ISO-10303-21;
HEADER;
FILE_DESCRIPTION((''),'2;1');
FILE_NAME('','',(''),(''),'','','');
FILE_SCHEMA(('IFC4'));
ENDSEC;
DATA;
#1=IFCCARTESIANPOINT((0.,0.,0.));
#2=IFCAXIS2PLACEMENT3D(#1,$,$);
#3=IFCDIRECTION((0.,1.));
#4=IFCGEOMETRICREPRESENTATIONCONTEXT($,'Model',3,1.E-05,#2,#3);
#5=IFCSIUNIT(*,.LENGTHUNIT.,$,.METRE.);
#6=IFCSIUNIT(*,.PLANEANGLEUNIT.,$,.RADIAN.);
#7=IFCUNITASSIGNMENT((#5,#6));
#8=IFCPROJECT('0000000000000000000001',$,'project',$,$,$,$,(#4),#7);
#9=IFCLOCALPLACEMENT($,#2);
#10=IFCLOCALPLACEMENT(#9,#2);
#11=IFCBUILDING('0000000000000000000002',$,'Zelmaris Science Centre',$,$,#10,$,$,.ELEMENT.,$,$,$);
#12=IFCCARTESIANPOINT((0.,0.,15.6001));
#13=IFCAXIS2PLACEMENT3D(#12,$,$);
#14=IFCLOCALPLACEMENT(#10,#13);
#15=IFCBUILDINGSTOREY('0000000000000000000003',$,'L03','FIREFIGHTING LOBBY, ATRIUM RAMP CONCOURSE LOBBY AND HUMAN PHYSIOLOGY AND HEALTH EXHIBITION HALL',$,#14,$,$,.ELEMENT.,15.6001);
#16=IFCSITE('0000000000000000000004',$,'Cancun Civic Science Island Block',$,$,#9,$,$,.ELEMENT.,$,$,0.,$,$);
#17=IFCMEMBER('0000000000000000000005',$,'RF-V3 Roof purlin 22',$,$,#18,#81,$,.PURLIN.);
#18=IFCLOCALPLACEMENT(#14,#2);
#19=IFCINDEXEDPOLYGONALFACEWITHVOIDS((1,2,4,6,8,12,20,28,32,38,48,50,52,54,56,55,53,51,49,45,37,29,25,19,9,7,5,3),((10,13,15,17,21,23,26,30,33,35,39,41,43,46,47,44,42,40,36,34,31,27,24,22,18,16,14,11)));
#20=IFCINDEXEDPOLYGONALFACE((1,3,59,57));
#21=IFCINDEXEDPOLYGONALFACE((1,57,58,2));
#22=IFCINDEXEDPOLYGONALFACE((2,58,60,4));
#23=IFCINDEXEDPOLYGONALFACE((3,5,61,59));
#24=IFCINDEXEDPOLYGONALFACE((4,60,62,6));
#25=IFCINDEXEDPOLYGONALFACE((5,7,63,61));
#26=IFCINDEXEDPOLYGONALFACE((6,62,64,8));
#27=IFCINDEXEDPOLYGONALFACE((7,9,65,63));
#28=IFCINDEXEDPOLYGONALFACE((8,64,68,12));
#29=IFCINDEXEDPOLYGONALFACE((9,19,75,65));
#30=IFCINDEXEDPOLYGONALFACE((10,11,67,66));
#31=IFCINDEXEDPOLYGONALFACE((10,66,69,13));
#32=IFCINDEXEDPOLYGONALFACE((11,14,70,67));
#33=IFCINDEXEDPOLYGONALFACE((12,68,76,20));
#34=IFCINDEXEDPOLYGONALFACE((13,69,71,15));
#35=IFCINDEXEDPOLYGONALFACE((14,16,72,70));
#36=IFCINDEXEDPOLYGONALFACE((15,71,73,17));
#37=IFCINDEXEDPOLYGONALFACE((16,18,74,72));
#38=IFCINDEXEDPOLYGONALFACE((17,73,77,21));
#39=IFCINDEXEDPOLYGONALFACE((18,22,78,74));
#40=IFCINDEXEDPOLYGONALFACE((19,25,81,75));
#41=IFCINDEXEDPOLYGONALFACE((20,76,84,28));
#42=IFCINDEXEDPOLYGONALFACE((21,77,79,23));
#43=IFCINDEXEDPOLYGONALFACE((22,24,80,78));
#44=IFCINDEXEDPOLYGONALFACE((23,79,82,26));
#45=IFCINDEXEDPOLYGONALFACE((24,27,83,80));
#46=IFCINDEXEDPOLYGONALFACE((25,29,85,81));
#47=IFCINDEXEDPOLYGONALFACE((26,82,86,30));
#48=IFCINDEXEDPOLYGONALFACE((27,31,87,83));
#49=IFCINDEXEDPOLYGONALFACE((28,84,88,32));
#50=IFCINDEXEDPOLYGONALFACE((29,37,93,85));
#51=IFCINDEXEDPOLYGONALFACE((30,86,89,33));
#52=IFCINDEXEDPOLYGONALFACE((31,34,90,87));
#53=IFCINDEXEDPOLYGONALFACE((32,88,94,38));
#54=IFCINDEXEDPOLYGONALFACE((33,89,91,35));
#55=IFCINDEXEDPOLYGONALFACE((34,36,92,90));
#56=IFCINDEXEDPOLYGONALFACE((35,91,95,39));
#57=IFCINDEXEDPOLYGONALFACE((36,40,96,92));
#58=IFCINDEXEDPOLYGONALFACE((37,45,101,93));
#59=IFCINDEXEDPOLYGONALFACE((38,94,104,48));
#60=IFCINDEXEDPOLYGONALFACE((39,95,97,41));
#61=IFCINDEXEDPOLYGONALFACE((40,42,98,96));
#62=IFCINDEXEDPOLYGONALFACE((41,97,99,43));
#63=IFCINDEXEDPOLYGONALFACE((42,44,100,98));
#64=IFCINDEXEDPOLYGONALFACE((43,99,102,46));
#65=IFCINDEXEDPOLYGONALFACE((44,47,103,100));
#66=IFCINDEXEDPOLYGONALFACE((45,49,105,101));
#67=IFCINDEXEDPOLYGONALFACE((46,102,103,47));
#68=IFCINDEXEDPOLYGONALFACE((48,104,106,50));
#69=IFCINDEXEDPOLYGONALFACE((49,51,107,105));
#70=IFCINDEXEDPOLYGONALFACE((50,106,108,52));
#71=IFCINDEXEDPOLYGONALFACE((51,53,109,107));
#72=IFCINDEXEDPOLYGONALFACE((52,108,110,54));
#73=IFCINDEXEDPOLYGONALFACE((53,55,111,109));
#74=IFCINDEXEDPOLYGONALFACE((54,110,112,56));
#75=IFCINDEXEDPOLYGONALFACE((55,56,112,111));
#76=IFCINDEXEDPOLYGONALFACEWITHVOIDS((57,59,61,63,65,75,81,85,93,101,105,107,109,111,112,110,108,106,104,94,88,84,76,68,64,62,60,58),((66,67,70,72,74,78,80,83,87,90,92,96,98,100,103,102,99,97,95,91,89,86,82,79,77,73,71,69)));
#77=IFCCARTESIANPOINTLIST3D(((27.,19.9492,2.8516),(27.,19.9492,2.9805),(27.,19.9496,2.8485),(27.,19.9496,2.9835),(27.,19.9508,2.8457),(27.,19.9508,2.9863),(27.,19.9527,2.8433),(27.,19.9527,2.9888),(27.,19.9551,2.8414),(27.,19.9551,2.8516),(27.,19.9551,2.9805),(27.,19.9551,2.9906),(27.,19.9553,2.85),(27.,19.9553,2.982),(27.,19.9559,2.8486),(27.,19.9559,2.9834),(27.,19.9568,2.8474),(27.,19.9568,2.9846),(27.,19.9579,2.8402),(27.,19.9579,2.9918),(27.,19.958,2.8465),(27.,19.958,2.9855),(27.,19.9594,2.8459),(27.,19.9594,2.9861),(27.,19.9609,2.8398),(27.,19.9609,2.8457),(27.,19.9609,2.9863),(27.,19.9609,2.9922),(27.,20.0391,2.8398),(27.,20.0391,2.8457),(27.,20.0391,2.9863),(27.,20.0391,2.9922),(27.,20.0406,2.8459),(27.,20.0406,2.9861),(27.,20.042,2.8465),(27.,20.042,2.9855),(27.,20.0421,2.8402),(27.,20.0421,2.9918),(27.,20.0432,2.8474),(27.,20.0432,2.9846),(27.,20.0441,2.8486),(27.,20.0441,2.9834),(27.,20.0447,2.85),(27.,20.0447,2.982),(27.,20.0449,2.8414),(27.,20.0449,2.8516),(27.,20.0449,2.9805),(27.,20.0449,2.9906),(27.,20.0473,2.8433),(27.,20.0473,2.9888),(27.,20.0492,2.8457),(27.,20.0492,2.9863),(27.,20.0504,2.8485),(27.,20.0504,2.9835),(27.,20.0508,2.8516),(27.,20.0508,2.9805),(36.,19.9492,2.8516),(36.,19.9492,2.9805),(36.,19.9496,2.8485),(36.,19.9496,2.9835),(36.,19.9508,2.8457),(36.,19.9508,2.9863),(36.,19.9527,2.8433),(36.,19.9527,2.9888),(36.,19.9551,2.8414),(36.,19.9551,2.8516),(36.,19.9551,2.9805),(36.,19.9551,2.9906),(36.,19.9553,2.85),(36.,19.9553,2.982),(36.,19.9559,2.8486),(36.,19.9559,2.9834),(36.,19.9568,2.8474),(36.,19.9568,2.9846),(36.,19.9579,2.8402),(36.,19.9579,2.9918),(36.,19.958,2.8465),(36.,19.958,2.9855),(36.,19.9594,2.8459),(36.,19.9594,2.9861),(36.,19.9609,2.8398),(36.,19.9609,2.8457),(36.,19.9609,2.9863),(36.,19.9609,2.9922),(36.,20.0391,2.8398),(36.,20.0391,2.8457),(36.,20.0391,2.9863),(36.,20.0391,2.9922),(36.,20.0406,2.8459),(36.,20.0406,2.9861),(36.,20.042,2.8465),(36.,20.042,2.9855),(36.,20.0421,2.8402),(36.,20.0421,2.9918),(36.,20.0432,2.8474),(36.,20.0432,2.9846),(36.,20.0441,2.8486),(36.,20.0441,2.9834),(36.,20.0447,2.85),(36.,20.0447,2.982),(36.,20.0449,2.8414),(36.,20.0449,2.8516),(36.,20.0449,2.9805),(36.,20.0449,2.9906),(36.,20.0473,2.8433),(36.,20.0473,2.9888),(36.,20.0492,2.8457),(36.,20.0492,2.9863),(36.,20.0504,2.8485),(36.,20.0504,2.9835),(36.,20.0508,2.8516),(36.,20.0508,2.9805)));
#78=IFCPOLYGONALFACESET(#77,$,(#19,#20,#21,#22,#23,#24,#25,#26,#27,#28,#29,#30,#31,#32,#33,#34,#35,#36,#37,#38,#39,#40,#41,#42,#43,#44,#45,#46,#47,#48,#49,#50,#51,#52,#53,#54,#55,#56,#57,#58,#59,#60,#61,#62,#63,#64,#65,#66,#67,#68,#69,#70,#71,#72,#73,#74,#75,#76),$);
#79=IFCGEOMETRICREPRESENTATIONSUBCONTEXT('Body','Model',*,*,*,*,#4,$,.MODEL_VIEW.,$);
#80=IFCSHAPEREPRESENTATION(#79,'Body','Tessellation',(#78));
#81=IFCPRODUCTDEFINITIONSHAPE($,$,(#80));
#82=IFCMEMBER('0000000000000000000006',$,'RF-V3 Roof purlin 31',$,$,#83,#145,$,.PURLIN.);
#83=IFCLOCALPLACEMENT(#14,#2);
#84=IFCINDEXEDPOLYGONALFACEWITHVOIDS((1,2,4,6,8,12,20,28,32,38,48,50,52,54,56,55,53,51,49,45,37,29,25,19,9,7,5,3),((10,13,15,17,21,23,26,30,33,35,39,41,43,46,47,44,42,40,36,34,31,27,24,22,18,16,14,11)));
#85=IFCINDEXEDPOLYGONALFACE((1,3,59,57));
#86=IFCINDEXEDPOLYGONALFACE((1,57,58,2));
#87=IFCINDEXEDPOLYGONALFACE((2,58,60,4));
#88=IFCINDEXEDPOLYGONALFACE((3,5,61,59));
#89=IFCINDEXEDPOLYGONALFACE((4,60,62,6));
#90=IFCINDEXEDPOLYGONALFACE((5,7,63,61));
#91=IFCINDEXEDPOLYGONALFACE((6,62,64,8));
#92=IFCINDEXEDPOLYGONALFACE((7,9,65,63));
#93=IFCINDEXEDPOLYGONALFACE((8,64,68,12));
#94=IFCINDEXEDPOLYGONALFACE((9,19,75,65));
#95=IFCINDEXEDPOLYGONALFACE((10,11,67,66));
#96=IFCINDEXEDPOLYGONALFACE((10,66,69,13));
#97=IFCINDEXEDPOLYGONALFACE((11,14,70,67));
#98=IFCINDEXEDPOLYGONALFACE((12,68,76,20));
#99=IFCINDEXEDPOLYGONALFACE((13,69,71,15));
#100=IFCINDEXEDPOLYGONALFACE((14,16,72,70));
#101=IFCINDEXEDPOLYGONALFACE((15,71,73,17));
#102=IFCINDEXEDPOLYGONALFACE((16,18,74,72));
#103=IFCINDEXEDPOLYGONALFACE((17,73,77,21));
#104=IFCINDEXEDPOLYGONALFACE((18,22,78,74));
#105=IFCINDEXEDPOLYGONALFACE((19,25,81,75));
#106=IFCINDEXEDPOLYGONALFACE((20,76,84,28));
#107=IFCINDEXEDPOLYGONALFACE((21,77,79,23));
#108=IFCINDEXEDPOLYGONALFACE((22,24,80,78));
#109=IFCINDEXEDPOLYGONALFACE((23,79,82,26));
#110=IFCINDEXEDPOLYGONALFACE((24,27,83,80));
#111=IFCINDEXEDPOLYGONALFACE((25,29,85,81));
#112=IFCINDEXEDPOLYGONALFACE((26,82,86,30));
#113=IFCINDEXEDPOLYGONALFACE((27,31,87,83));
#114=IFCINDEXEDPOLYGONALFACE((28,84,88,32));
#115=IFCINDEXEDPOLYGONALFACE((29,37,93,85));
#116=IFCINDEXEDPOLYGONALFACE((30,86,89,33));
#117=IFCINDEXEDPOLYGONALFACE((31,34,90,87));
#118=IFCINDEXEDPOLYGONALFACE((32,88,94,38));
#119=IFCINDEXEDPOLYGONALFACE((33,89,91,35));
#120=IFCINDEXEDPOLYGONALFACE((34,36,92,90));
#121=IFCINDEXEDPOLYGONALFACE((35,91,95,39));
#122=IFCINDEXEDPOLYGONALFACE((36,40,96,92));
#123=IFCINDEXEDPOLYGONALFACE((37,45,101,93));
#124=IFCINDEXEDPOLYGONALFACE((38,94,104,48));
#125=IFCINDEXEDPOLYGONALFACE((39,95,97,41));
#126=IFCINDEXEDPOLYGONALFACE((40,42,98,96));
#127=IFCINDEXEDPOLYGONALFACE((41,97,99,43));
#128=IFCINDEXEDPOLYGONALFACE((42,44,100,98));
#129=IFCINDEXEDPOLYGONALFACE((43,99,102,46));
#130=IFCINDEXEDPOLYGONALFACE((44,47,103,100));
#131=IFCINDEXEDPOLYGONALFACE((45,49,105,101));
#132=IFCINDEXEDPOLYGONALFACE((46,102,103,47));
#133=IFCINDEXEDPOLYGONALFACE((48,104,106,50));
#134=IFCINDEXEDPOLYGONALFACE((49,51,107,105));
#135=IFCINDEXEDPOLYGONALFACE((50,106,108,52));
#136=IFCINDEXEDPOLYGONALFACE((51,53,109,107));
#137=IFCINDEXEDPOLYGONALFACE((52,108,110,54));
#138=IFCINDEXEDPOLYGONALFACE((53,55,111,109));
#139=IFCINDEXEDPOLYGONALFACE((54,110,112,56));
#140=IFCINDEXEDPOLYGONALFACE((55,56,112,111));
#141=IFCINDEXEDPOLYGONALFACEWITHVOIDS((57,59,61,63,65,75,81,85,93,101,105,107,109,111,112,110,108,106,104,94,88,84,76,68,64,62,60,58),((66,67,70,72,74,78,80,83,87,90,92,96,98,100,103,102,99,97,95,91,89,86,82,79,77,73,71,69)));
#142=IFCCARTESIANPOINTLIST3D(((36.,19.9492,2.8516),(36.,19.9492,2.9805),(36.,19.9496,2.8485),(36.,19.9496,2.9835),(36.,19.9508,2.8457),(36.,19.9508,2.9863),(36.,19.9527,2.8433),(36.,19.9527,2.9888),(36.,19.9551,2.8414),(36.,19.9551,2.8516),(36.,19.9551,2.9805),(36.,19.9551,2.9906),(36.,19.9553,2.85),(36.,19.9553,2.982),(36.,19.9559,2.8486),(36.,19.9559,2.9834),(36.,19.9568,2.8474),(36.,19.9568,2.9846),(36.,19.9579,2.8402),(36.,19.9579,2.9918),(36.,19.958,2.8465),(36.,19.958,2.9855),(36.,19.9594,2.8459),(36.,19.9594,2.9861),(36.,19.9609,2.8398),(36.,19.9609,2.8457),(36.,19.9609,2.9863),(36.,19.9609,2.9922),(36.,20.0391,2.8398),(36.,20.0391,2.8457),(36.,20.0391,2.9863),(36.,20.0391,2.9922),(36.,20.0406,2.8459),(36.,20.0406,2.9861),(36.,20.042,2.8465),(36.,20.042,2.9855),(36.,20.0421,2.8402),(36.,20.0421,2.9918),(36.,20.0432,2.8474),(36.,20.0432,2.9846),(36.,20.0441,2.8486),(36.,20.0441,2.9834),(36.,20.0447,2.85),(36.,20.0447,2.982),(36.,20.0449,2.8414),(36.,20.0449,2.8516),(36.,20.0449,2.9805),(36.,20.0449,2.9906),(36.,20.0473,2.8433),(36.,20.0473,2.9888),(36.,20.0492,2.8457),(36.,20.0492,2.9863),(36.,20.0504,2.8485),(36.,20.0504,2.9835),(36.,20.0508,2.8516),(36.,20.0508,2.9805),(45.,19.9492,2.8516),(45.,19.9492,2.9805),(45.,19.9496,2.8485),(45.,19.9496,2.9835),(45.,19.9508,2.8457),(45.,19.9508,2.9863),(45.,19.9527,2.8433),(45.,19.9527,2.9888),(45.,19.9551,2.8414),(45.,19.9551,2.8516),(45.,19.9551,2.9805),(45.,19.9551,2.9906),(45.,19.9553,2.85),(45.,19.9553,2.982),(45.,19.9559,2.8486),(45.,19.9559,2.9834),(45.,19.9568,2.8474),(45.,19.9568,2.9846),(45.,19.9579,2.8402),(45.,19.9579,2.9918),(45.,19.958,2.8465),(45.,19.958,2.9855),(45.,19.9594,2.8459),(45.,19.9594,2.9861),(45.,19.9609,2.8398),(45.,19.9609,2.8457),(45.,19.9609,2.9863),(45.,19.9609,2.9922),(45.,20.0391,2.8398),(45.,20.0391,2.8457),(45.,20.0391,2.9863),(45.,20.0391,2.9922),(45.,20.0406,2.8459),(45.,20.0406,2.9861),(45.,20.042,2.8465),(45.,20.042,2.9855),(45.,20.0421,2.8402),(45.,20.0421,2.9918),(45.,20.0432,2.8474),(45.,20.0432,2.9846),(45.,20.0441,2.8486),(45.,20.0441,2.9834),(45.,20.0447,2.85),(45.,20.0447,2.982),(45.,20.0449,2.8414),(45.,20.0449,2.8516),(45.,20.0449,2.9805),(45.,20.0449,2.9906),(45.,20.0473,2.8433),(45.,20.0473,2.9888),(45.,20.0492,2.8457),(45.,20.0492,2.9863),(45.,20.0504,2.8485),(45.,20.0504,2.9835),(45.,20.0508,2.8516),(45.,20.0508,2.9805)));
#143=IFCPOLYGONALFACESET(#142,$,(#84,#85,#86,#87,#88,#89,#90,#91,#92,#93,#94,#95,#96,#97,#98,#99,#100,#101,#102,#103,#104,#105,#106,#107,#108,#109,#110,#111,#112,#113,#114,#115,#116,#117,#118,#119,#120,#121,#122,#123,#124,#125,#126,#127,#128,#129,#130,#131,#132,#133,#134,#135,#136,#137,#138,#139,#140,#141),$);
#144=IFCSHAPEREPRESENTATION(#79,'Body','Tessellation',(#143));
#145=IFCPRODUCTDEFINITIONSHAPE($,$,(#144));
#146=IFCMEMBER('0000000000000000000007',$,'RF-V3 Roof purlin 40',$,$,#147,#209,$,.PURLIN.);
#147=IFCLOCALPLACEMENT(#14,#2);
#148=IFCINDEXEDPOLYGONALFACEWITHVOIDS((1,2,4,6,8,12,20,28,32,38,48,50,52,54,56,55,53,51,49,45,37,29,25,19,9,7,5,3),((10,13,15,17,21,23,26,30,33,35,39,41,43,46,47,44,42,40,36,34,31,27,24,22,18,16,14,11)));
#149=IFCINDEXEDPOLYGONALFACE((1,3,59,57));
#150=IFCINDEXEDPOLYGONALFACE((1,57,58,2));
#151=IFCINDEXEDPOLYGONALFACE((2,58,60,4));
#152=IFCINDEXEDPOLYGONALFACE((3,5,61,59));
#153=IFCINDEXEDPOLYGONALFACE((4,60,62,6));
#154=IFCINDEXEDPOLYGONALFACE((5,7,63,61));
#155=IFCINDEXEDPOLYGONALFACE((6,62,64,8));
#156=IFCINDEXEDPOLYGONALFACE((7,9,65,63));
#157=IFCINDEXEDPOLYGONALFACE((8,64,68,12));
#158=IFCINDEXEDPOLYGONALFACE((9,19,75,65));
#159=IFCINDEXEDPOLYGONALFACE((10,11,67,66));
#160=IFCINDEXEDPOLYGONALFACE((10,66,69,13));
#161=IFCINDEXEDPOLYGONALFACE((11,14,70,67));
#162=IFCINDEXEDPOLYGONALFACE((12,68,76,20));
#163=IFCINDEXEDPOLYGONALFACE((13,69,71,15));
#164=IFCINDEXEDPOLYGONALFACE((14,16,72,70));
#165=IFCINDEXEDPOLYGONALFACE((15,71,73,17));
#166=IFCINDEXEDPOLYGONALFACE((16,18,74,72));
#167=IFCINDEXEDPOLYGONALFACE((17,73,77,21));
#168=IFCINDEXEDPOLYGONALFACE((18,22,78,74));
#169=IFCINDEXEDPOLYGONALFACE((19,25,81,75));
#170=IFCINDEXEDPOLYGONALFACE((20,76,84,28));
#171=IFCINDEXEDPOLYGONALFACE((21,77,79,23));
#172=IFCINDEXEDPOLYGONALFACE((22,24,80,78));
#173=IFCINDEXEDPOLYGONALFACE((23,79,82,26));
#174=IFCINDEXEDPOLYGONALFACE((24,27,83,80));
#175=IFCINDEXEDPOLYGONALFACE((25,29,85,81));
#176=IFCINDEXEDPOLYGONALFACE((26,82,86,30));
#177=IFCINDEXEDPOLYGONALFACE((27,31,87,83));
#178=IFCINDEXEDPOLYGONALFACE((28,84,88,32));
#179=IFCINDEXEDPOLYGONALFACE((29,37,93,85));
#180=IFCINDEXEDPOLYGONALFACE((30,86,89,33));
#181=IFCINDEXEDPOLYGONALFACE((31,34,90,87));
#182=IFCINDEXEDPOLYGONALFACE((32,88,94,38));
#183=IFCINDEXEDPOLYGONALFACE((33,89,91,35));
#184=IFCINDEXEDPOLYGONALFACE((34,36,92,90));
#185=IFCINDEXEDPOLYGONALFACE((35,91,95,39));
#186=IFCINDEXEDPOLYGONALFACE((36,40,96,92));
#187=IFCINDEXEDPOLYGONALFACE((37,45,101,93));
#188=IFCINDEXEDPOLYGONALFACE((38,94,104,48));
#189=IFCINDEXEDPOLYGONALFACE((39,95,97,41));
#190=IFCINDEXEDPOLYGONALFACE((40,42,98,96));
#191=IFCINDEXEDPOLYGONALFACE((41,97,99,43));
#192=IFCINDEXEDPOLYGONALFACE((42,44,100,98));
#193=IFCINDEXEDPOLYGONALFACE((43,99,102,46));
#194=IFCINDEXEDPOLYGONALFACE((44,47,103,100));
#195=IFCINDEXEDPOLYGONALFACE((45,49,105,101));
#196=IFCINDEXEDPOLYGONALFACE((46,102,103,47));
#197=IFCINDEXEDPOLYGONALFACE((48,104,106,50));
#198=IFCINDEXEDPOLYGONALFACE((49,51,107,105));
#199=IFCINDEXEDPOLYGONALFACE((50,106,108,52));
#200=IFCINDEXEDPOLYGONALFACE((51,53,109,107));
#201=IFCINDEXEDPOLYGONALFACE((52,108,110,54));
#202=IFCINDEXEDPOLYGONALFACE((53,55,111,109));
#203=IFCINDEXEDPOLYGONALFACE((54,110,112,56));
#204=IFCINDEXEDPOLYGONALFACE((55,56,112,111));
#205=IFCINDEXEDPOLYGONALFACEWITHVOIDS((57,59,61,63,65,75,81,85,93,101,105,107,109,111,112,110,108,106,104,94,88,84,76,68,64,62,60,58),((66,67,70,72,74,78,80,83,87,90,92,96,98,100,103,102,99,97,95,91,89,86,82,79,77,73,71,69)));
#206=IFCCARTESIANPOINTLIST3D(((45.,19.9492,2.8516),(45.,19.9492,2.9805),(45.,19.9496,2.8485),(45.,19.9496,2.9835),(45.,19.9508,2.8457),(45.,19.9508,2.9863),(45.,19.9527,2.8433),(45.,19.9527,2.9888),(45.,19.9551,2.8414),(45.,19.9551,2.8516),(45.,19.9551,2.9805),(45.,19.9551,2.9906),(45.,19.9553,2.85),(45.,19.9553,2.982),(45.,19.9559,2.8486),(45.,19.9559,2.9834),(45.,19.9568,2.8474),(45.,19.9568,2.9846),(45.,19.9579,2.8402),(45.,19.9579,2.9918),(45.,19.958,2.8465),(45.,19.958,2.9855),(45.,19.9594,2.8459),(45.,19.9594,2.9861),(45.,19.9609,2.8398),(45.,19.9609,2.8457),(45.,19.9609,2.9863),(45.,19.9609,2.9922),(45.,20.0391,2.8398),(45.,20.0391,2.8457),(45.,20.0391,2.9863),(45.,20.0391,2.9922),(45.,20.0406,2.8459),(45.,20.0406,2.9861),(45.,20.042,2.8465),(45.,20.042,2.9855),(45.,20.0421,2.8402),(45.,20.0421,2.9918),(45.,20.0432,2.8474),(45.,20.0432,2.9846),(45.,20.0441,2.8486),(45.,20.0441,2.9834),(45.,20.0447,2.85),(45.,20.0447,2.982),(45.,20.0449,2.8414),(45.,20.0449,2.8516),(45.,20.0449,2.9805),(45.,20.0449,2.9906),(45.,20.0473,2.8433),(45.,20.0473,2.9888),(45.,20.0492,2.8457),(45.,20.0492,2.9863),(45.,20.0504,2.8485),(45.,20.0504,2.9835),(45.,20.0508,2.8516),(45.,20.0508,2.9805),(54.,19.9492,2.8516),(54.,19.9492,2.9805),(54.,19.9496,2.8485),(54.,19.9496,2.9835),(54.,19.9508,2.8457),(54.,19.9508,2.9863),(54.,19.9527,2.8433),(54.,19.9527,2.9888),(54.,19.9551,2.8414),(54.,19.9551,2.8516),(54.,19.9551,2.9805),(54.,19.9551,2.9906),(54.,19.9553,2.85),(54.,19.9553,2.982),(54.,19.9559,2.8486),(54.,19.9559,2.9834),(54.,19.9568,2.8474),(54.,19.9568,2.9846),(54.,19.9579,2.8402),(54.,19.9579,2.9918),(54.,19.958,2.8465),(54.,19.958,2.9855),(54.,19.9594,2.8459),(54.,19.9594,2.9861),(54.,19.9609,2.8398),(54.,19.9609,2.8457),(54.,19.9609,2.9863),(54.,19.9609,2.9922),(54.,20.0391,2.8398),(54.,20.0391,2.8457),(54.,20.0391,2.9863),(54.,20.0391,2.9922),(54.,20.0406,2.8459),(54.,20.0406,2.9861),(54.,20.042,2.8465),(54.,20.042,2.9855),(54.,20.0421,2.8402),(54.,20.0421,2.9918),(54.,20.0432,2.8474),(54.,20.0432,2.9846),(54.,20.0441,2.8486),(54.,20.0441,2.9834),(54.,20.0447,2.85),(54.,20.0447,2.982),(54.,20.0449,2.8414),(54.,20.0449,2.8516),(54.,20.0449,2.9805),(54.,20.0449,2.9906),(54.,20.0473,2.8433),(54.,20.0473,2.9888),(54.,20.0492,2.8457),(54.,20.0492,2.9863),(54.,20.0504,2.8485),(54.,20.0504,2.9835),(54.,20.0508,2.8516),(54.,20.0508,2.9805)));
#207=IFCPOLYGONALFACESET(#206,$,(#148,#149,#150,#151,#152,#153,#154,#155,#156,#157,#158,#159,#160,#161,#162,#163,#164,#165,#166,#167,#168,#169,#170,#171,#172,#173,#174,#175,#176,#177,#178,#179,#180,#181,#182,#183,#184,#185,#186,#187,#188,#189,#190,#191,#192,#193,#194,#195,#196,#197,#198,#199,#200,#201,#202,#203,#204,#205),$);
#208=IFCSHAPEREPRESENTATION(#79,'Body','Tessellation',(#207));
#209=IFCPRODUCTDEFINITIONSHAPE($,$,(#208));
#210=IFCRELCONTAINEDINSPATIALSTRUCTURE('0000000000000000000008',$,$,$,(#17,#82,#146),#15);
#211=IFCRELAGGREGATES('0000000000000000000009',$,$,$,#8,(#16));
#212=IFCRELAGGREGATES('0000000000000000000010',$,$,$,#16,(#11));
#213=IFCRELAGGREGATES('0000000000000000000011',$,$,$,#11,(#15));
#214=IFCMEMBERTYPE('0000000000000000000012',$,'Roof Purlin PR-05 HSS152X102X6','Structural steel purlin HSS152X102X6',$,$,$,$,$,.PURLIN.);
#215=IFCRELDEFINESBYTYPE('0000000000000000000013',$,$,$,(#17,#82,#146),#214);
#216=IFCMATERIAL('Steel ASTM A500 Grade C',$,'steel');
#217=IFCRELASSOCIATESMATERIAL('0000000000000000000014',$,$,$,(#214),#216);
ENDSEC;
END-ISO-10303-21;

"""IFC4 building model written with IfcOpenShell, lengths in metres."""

from ifc_helpers import new_model, si_unit, direction, frame, origin, origin_2d, place, context, subcontext, project, spatial, hollow_rectangle, extrude, material, material_profile, profile_set, type_object, element, save


model = new_model("IFC4")

# Units and contexts
model_context = context("Model", 3, precision=1e-05, world=origin(), true_north=direction((0.0, 1.0)))
body_context = subcontext(model_context, "Body", "Model", "MODEL_VIEW")
ifc_project = project(units=[si_unit("LENGTHUNIT", "METRE"), si_unit("PLANEANGLEUNIT", "RADIAN")], contexts=[model_context])

# Site, building, storey
site_placement = place(None, origin())
site = spatial("IfcSite", under=ifc_project, at=site_placement, Name="Cancun Civic Science Island Block", CompositionType="ELEMENT", RefElevation=0.0)
building_placement = place(site_placement, origin())
building = spatial("IfcBuilding", under=site, at=building_placement, Name="Zelmaris Science Centre", CompositionType="ELEMENT")
storey_placement = place(building_placement, frame((0.0, 0.0, 15.6001)))
storey = spatial("IfcBuildingStorey", under=building, at=storey_placement, Name="L03", Description="FIREFIGHTING LOBBY, ATRIUM RAMP CONCOURSE LOBBY AND HUMAN PHYSIOLOGY AND HEALTH EXHIBITION HALL", CompositionType="ELEMENT", Elevation=15.6001)

# Shared definitions
ifc_material = material(Name="Steel ASTM A500 Grade C", Category="steel")

# Members
ifc_material_profile_1 = material_profile(ifc_material, hollow_rectangle(XDim=0.1016, YDim=0.1523, WallThickness=0.0059, InnerFilletRadius=0.0059, OuterFilletRadius=0.0117, at=origin_2d()), Name="HSS152X102X6")
ifc_profile_set_1 = profile_set([ifc_material_profile_1], Name="Steel ASTM A500 Grade C")
member_type_1 = type_object("IfcMemberType", Name="Roof Purlin PR-05 HSS152X102X6", Description="Structural steel purlin HSS152X102X6", PredefinedType="PURLIN", material=ifc_profile_set_1)
for number, where, z_axis, x_axis, name in (
    (1, (27.0, 20.0, 2.916), (1.0, 0.0, 0.0), (0.0, 1.0, 0.0), "RF-V3 Roof purlin 22"),
    (2, (36.0, 20.0, 2.916), (1.0, 0.0, 0.0), (0.0, 1.0, 0.0), "RF-V3 Roof purlin 31"),
    (3, (45.0, 20.0, 2.916), (1.0, 0.0, 0.0), (0.0, 1.0, 0.0), "RF-V3 Roof purlin 40"),
):
    element("IfcMember", number, at=place(storey_placement, frame(where, z_axis=z_axis, x_axis=x_axis)), inside=storey, type_object=member_type_1, Name=name, PredefinedType="PURLIN", context=body_context, shape_type="SweptSolid", body=[
        extrude(hollow_rectangle(XDim=0.1016, YDim=0.1523, WallThickness=0.0059, InnerFilletRadius=0.0059, OuterFilletRadius=0.0117, at=origin_2d()), origin(), (0.0, 0.0, 1.0), 9.0),
    ])

save(model, "model.ifc")
